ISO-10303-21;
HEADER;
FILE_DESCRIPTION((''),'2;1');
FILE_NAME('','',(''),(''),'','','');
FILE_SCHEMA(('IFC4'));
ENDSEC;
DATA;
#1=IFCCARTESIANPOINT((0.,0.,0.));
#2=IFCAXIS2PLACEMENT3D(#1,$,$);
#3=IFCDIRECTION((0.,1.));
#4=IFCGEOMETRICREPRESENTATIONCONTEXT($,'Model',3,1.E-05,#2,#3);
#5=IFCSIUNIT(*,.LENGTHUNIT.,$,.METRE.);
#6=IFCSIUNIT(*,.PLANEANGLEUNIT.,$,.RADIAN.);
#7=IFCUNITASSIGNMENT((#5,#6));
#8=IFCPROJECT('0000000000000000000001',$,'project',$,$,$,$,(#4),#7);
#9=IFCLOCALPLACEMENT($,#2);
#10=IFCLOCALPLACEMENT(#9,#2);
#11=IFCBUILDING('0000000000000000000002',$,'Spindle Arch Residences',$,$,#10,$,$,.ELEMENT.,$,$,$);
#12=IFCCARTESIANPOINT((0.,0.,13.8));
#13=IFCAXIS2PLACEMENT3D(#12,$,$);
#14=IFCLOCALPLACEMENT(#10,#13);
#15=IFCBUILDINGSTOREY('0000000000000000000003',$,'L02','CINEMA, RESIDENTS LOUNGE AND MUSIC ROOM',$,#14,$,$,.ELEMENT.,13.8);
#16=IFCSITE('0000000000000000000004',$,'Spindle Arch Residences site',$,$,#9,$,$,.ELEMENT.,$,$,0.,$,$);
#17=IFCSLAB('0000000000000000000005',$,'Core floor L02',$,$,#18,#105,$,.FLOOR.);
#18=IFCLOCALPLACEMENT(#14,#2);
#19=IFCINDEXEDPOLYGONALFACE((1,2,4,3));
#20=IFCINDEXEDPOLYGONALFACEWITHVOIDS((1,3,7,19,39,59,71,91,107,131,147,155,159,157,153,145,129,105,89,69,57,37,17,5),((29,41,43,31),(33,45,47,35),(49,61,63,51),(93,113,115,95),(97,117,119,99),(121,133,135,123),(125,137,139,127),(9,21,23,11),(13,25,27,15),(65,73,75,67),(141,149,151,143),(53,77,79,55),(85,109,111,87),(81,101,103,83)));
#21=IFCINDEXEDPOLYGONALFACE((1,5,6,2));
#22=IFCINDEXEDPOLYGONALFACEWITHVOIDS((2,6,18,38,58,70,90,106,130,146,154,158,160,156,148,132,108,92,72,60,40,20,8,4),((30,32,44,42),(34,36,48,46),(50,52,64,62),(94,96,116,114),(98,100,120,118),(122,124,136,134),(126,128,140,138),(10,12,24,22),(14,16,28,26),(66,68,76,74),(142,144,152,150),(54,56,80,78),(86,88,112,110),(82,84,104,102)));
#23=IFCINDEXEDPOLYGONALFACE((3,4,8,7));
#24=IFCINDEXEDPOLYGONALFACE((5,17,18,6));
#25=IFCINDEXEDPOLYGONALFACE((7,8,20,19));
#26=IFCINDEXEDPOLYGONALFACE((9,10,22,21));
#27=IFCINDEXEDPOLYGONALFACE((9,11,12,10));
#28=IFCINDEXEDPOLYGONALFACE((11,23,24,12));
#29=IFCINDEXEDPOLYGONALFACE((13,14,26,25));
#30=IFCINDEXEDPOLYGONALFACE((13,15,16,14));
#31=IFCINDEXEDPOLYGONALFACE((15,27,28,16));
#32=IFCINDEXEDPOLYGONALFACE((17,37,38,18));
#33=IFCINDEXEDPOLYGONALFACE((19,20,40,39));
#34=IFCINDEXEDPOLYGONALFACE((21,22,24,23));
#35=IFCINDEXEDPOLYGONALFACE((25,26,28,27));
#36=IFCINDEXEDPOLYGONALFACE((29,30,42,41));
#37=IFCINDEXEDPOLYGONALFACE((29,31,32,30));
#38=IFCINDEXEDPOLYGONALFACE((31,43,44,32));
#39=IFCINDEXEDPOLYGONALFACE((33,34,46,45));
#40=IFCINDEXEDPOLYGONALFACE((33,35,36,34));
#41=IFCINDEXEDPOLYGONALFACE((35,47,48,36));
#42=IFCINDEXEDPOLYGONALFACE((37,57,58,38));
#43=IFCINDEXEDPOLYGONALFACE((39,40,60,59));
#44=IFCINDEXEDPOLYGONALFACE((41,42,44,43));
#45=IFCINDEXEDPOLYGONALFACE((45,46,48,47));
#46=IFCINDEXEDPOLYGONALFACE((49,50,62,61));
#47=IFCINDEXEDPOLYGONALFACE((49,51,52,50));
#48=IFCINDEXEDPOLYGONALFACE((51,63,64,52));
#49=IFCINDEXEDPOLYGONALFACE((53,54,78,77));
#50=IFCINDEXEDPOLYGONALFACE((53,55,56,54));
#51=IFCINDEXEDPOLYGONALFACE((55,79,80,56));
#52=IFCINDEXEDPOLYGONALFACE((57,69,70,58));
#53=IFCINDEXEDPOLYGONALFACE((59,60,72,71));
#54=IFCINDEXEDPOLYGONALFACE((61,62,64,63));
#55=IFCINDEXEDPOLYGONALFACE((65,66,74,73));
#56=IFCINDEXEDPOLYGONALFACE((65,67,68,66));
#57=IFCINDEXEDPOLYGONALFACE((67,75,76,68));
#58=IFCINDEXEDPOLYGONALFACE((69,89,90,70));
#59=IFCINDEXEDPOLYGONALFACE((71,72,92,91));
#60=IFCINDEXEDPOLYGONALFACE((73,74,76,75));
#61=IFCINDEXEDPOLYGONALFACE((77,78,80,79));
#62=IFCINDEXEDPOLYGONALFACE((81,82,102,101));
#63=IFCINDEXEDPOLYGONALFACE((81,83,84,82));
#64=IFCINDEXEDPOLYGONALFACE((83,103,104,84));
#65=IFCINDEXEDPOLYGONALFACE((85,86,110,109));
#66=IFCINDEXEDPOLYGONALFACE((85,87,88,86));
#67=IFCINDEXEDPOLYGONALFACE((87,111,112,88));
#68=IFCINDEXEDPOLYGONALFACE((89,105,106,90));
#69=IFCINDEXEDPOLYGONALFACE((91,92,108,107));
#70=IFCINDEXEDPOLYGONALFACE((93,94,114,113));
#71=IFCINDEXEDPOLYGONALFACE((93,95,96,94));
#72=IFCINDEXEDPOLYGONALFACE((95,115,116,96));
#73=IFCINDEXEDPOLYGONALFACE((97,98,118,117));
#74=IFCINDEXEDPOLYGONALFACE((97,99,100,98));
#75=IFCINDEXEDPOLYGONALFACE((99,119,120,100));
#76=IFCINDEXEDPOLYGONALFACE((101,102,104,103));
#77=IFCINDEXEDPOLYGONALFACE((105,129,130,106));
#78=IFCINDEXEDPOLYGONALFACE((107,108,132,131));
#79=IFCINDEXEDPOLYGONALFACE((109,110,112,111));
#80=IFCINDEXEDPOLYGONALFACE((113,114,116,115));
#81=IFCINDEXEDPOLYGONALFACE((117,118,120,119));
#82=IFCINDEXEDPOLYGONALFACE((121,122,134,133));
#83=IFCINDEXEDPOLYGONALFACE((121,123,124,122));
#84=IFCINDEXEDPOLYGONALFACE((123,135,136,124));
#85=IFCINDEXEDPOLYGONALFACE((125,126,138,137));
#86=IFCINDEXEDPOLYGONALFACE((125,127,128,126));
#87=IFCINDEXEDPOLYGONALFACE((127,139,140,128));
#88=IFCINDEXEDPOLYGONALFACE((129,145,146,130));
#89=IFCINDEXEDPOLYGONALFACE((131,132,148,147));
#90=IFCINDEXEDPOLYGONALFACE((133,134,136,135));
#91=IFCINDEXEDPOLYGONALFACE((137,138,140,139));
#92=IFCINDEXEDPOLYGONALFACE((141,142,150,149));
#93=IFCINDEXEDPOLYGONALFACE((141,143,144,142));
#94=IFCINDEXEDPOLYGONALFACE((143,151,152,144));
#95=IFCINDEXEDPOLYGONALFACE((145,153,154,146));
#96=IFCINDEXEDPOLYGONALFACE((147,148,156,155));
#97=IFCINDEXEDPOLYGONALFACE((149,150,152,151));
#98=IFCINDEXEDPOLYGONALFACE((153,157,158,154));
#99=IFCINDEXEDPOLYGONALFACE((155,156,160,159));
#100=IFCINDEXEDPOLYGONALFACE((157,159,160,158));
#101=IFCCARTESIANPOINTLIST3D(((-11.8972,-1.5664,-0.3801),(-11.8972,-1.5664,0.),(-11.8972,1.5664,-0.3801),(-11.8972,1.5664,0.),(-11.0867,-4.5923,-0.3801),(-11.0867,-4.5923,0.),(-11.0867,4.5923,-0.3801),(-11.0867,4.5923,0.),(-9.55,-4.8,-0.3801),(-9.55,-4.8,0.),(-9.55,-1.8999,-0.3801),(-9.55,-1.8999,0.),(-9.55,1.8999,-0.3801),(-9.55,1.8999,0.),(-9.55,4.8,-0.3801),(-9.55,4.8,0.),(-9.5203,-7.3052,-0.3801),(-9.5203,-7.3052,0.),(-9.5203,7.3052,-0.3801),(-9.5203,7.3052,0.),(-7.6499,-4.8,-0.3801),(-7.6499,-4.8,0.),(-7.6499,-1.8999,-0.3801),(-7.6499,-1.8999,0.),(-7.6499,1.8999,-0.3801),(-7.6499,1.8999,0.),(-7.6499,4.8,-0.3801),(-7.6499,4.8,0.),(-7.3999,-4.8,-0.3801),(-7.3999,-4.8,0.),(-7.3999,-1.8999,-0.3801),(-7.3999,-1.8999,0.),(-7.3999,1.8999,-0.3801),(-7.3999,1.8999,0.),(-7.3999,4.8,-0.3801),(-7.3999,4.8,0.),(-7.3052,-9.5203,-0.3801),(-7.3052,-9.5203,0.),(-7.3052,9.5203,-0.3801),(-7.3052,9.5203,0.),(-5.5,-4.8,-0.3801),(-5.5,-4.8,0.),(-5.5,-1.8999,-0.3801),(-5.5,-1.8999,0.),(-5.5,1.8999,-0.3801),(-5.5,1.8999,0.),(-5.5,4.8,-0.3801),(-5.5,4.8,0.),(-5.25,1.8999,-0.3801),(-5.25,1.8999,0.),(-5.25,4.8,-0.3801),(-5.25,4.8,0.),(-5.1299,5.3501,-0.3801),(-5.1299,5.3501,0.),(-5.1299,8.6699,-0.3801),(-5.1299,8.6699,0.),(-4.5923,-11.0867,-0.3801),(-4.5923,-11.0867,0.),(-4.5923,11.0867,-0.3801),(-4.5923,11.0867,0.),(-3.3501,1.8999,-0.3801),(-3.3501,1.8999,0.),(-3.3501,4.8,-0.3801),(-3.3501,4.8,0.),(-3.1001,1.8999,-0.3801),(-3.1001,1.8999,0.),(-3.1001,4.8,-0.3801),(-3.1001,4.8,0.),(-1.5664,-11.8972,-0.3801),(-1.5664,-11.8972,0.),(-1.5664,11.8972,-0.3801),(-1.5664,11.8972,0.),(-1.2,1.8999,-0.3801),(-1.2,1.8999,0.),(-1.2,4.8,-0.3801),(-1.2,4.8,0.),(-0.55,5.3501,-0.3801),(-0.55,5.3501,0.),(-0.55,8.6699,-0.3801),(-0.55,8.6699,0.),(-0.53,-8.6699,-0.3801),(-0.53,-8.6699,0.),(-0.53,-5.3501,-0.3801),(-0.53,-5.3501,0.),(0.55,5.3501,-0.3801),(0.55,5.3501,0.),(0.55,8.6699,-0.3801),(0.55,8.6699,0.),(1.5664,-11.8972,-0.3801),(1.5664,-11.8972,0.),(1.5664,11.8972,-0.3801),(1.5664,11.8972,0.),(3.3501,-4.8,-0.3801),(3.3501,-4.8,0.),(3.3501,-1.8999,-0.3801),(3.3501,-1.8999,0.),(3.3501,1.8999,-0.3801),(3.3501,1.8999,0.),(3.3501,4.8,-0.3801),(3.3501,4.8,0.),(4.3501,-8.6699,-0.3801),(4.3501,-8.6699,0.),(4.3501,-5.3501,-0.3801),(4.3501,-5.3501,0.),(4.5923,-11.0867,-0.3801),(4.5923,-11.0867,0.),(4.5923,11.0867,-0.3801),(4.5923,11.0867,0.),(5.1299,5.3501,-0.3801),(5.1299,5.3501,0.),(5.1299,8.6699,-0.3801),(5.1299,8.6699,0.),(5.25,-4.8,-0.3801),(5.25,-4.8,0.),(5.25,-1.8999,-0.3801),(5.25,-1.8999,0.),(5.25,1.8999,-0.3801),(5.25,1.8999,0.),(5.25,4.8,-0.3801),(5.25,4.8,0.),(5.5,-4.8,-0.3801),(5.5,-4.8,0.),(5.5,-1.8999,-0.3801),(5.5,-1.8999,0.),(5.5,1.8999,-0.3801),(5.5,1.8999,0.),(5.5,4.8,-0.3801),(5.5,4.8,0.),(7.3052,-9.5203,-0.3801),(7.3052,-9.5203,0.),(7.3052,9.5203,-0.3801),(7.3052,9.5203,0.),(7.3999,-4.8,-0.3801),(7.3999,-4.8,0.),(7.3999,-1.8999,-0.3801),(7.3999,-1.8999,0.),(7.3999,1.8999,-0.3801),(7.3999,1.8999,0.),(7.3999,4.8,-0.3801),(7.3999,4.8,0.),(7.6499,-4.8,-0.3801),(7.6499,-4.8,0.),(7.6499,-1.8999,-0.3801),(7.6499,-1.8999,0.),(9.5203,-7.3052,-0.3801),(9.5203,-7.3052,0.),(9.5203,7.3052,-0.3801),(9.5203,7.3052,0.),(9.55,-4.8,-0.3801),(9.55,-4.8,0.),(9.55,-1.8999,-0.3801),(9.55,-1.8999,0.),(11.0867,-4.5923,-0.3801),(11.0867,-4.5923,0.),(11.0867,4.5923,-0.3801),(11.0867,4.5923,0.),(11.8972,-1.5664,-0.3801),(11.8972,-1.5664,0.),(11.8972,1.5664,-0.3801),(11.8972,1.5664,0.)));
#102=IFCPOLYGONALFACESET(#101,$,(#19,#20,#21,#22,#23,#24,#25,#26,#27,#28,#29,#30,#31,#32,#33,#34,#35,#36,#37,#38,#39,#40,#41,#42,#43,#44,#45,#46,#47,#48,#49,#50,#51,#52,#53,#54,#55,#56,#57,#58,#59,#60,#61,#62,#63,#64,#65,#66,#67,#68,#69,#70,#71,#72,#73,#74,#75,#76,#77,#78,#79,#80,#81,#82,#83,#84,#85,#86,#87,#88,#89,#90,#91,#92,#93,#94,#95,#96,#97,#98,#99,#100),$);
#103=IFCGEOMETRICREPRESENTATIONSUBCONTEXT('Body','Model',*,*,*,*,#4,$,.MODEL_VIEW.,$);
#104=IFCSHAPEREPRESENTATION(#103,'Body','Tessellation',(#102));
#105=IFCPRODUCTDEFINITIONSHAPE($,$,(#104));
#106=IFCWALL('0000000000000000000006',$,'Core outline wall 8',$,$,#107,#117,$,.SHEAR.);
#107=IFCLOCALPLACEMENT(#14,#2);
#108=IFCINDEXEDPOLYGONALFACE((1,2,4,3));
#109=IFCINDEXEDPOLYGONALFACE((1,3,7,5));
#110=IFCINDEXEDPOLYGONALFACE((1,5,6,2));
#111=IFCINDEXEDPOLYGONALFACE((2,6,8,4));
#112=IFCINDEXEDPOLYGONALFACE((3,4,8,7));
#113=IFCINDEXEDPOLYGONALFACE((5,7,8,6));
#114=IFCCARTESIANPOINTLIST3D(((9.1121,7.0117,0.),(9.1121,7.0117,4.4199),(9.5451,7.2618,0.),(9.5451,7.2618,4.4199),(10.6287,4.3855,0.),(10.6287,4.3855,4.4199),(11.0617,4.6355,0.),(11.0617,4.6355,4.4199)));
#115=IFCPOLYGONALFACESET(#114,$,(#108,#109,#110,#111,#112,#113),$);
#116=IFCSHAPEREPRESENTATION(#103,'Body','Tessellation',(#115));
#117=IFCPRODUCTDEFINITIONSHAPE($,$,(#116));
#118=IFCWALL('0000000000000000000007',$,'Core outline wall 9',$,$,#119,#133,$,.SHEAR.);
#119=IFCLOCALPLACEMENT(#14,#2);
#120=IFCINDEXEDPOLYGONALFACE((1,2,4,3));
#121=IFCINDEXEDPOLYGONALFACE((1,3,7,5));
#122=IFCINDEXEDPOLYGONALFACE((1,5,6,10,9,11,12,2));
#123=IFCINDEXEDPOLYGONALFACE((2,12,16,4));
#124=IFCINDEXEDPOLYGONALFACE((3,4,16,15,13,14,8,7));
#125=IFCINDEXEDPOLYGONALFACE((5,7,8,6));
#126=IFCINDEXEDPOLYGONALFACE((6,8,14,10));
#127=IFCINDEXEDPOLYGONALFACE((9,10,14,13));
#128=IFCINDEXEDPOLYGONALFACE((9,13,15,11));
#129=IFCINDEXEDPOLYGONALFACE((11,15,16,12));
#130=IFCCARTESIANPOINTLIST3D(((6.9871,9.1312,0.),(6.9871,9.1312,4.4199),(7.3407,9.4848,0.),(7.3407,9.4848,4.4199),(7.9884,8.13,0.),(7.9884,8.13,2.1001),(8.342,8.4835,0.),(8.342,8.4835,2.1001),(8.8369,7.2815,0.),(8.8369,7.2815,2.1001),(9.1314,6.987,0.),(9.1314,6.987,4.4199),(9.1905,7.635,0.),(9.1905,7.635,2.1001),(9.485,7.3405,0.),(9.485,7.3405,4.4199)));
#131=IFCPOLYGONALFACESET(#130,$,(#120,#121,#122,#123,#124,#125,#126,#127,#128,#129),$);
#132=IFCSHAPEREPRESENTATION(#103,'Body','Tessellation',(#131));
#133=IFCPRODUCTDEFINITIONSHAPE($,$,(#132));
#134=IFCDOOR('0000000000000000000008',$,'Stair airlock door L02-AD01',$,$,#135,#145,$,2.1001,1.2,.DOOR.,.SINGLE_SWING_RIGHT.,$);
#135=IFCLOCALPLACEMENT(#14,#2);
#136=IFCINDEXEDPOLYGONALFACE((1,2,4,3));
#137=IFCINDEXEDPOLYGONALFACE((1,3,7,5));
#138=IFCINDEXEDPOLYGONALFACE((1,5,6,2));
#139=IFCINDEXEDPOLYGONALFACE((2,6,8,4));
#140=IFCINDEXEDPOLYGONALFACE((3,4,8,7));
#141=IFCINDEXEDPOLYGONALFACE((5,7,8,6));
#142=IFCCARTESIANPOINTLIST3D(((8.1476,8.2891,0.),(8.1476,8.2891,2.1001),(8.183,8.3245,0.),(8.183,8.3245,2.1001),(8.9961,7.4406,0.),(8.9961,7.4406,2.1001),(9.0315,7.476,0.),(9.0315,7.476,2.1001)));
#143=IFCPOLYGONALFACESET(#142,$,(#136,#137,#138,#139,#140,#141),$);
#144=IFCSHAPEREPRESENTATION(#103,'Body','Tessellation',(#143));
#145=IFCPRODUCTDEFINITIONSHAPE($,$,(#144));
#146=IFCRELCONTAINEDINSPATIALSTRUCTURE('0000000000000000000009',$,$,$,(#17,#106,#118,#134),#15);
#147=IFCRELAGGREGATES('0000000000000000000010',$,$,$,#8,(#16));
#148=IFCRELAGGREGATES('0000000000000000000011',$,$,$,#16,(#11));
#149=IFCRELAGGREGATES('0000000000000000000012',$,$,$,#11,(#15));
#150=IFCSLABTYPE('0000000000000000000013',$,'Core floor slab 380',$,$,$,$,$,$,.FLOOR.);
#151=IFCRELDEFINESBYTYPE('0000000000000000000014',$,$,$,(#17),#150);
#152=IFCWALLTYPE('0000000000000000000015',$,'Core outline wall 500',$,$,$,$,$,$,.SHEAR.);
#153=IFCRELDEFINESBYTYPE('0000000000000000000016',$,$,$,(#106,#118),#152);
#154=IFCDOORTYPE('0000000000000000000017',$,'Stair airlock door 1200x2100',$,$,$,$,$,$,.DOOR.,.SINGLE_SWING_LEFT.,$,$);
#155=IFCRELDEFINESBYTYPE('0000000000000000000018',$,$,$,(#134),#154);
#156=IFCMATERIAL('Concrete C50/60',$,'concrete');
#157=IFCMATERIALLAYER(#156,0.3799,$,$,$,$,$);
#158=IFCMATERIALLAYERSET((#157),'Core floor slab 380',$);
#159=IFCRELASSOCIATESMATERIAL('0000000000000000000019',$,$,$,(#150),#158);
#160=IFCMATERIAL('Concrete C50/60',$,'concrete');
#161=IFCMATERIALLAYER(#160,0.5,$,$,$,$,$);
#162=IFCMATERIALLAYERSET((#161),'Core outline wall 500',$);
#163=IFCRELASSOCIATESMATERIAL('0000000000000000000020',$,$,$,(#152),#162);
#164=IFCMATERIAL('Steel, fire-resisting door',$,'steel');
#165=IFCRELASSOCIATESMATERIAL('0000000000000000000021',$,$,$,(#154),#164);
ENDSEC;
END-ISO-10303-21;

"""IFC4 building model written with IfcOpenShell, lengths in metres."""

from ifc_helpers import new_model, si_unit, direction, frame, frame_2d, origin, place, context, subcontext, project, spatial, polyline, rectangle, outline, extrude, material, layer, layer_set, type_object, element, fill, save


model = new_model("IFC4")

# Units and contexts
model_context = context("Model", 3, precision=1e-05, world=origin(), true_north=direction((0.0, 1.0)))
body_context = subcontext(model_context, "Body", "Model", "MODEL_VIEW")
ifc_project = project(units=[si_unit("LENGTHUNIT", "METRE"), si_unit("PLANEANGLEUNIT", "RADIAN")], contexts=[model_context])

# Site, building, storey
site_placement = place(None, origin())
site = spatial("IfcSite", under=ifc_project, at=site_placement, Name="Spindle Arch Residences site", CompositionType="ELEMENT", RefElevation=0.0)
building_placement = place(site_placement, origin())
building = spatial("IfcBuilding", under=site, at=building_placement, Name="Spindle Arch Residences", CompositionType="ELEMENT")
storey_placement = place(building_placement, frame((0.0, 0.0, 13.8)))
storey = spatial("IfcBuildingStorey", under=building, at=storey_placement, Name="L02", Description="CINEMA, RESIDENTS LOUNGE AND MUSIC ROOM", CompositionType="ELEMENT", Elevation=13.8)

# Slab
ifc_material_1 = material(Name="Concrete C50/60", Category="concrete")
ifc_layer_1 = layer(ifc_material_1, 0.3799)
ifc_layer_set_1 = layer_set([ifc_layer_1], Name="Core floor slab 380")
slab_type = type_object("IfcSlabType", Name="Core floor slab 380", PredefinedType="FLOOR", material=ifc_layer_set_1)
slab_placement = place(storey_placement, frame((0.0, 0.0, -0.3801)))
element("IfcSlab", 1, at=slab_placement, inside=storey, type_object=slab_type, Name="Core floor L02", PredefinedType="FLOOR", context=body_context, shape_type="SweptSolid", body=[
    extrude(outline(polyline([(1.5664, -11.8972), (4.5923, -11.0867), (7.3052, -9.5203), (9.5203, -7.3052), (11.0867, -4.5923), (11.8972, -1.5664), (11.8972, 1.5664), (11.0867, 4.5923), (9.5203, 7.3052), (7.3052, 9.5203), (4.5923, 11.0867), (1.5664, 11.8972), (-1.5664, 11.8972), (-4.5923, 11.0867), (-7.3052, 9.5203), (-9.5203, 7.3052), (-11.0867, 4.5923), (-11.8972, 1.5664), (-11.8972, -1.5664), (-11.0867, -4.5923), (-9.5203, -7.3052), (-7.3052, -9.5203), (-4.5923, -11.0867), (-1.5664, -11.8972), (1.5664, -11.8972)]), holes=[polyline([(-9.55, 1.8999), (-7.6499, 1.8999), (-7.6499, 4.8), (-9.55, 4.8), (-9.55, 1.8999)]), polyline([(-7.3999, 1.8999), (-5.5, 1.8999), (-5.5, 4.8), (-7.3999, 4.8), (-7.3999, 1.8999)]), polyline([(-5.25, 1.8999), (-3.3501, 1.8999), (-3.3501, 4.8), (-5.25, 4.8), (-5.25, 1.8999)]), polyline([(-3.1001, 1.8999), (-1.2, 1.8999), (-1.2, 4.8), (-3.1001, 4.8), (-3.1001, 1.8999)]), polyline([(3.3501, 1.8999), (5.25, 1.8999), (5.25, 4.8), (3.3501, 4.8), (3.3501, 1.8999)]), polyline([(5.5, 1.8999), (7.3999, 1.8999), (7.3999, 4.8), (5.5, 4.8), (5.5, 1.8999)]), polyline([(-9.55, -4.8), (-7.6499, -4.8), (-7.6499, -1.8999), (-9.55, -1.8999), (-9.55, -4.8)]), polyline([(-7.3999, -4.8), (-5.5, -4.8), (-5.5, -1.8999), (-7.3999, -1.8999), (-7.3999, -4.8)]), polyline([(3.3501, -4.8), (5.25, -4.8), (5.25, -1.8999), (3.3501, -1.8999), (3.3501, -4.8)]), polyline([(5.5, -4.8), (7.3999, -4.8), (7.3999, -1.8999), (5.5, -1.8999), (5.5, -4.8)]), polyline([(7.6499, -4.8), (9.55, -4.8), (9.55, -1.8999), (7.6499, -1.8999), (7.6499, -4.8)]), polyline([(5.1299, 8.6699), (0.55, 8.6699), (0.55, 5.3501), (5.1299, 5.3501), (5.1299, 8.6699)]), polyline([(-5.1299, 5.3501), (-0.55, 5.3501), (-0.55, 8.6699), (-5.1299, 8.6699), (-5.1299, 5.3501)]), polyline([(-0.53, -8.6699), (4.3501, -8.6699), (4.3501, -5.3501), (-0.53, -5.3501), (-0.53, -8.6699)])]), origin(), (0.0, 0.0, 1.0), 0.3801),
])

# Wall
ifc_material_2 = material(Name="Concrete C50/60", Category="concrete")
ifc_layer_2 = layer(ifc_material_2, 0.5)
ifc_layer_set_2 = layer_set([ifc_layer_2], Name="Core outline wall 500")
wall_type_1 = type_object("IfcWallType", Name="Core outline wall 500", PredefinedType="SHEAR", material=ifc_layer_set_2)
wall_1_placement = place(storey_placement, frame((10.8452, 4.5105, 0.0), z_axis=(0.0, 0.0, 1.0), x_axis=(-0.500087, 0.865975, 0.0)))
element("IfcWall", 2, at=wall_1_placement, inside=storey, type_object=wall_type_1, Name="Core outline wall 8", PredefinedType="SHEAR", context=body_context, shape_type="SweptSolid", body=[
    extrude(rectangle(XDim=3.0327, YDim=0.5, at=frame_2d((1.5164, 0.0))), origin(), (0.0, 0.0, 1.0), 4.4199),
])

# Wall, opening, door
wall_2_placement = place(storey_placement, frame((9.3081, 7.1638, 0.0), z_axis=(0.0, 0.0, 1.0), x_axis=(-0.707107, 0.707107, 0.0)))
wall_2 = element("IfcWall", 3, at=wall_2_placement, inside=storey, type_object=wall_type_1, Name="Core outline wall 9", PredefinedType="SHEAR", context=body_context, shape_type="SweptSolid", body=[
    extrude(rectangle(XDim=3.0325, YDim=0.5, at=frame_2d((1.5161, 0.0))), origin(), (0.0, 0.0, 1.0), 4.4199),
])
opening_1_placement = place(wall_2_placement, frame((0.4163, 0.0, 0.0)))
opening_1 = element("IfcOpeningElement", 4, at=opening_1_placement, cuts=wall_2, PredefinedType="OPENING", context=body_context, shape_type="SweptSolid", body=[
    extrude(rectangle(XDim=1.2, YDim=2.1001, at=frame_2d((0.6001, 1.05))), frame((0.0, 0.26, 0.0), z_axis=(0.0, -1.0, 0.0), x_axis=(1.0, 0.0, 0.0)), (0.0, 0.0, 1.0), 0.52),
])
ifc_material_3 = material(Name="Steel, fire-resisting door", Category="steel")
door_type_1 = type_object("IfcDoorType", Name="Stair airlock door 1200x2100", OperationType="SINGLE_SWING_LEFT", PredefinedType="DOOR", material=ifc_material_3)
door_1_placement = place(opening_1_placement, origin())
door_1 = element("IfcDoor", 5, at=door_1_placement, inside=storey, type_object=door_type_1, Name="Stair airlock door L02-AD01", OperationType="SINGLE_SWING_RIGHT", OverallHeight=2.1001, OverallWidth=1.2, PredefinedType="DOOR", context=body_context, shape_type="SweptSolid", body=[
    extrude(rectangle(XDim=1.2, YDim=2.1001, at=frame_2d((0.6001, 1.05))), frame((0.0, 0.0249, 0.0), z_axis=(0.0, -1.0, 0.0), x_axis=(1.0, 0.0, 0.0)), (0.0, 0.0, 1.0), 0.05),
])
fill(opening_1, door_1)

save(model, "model.ifc")
